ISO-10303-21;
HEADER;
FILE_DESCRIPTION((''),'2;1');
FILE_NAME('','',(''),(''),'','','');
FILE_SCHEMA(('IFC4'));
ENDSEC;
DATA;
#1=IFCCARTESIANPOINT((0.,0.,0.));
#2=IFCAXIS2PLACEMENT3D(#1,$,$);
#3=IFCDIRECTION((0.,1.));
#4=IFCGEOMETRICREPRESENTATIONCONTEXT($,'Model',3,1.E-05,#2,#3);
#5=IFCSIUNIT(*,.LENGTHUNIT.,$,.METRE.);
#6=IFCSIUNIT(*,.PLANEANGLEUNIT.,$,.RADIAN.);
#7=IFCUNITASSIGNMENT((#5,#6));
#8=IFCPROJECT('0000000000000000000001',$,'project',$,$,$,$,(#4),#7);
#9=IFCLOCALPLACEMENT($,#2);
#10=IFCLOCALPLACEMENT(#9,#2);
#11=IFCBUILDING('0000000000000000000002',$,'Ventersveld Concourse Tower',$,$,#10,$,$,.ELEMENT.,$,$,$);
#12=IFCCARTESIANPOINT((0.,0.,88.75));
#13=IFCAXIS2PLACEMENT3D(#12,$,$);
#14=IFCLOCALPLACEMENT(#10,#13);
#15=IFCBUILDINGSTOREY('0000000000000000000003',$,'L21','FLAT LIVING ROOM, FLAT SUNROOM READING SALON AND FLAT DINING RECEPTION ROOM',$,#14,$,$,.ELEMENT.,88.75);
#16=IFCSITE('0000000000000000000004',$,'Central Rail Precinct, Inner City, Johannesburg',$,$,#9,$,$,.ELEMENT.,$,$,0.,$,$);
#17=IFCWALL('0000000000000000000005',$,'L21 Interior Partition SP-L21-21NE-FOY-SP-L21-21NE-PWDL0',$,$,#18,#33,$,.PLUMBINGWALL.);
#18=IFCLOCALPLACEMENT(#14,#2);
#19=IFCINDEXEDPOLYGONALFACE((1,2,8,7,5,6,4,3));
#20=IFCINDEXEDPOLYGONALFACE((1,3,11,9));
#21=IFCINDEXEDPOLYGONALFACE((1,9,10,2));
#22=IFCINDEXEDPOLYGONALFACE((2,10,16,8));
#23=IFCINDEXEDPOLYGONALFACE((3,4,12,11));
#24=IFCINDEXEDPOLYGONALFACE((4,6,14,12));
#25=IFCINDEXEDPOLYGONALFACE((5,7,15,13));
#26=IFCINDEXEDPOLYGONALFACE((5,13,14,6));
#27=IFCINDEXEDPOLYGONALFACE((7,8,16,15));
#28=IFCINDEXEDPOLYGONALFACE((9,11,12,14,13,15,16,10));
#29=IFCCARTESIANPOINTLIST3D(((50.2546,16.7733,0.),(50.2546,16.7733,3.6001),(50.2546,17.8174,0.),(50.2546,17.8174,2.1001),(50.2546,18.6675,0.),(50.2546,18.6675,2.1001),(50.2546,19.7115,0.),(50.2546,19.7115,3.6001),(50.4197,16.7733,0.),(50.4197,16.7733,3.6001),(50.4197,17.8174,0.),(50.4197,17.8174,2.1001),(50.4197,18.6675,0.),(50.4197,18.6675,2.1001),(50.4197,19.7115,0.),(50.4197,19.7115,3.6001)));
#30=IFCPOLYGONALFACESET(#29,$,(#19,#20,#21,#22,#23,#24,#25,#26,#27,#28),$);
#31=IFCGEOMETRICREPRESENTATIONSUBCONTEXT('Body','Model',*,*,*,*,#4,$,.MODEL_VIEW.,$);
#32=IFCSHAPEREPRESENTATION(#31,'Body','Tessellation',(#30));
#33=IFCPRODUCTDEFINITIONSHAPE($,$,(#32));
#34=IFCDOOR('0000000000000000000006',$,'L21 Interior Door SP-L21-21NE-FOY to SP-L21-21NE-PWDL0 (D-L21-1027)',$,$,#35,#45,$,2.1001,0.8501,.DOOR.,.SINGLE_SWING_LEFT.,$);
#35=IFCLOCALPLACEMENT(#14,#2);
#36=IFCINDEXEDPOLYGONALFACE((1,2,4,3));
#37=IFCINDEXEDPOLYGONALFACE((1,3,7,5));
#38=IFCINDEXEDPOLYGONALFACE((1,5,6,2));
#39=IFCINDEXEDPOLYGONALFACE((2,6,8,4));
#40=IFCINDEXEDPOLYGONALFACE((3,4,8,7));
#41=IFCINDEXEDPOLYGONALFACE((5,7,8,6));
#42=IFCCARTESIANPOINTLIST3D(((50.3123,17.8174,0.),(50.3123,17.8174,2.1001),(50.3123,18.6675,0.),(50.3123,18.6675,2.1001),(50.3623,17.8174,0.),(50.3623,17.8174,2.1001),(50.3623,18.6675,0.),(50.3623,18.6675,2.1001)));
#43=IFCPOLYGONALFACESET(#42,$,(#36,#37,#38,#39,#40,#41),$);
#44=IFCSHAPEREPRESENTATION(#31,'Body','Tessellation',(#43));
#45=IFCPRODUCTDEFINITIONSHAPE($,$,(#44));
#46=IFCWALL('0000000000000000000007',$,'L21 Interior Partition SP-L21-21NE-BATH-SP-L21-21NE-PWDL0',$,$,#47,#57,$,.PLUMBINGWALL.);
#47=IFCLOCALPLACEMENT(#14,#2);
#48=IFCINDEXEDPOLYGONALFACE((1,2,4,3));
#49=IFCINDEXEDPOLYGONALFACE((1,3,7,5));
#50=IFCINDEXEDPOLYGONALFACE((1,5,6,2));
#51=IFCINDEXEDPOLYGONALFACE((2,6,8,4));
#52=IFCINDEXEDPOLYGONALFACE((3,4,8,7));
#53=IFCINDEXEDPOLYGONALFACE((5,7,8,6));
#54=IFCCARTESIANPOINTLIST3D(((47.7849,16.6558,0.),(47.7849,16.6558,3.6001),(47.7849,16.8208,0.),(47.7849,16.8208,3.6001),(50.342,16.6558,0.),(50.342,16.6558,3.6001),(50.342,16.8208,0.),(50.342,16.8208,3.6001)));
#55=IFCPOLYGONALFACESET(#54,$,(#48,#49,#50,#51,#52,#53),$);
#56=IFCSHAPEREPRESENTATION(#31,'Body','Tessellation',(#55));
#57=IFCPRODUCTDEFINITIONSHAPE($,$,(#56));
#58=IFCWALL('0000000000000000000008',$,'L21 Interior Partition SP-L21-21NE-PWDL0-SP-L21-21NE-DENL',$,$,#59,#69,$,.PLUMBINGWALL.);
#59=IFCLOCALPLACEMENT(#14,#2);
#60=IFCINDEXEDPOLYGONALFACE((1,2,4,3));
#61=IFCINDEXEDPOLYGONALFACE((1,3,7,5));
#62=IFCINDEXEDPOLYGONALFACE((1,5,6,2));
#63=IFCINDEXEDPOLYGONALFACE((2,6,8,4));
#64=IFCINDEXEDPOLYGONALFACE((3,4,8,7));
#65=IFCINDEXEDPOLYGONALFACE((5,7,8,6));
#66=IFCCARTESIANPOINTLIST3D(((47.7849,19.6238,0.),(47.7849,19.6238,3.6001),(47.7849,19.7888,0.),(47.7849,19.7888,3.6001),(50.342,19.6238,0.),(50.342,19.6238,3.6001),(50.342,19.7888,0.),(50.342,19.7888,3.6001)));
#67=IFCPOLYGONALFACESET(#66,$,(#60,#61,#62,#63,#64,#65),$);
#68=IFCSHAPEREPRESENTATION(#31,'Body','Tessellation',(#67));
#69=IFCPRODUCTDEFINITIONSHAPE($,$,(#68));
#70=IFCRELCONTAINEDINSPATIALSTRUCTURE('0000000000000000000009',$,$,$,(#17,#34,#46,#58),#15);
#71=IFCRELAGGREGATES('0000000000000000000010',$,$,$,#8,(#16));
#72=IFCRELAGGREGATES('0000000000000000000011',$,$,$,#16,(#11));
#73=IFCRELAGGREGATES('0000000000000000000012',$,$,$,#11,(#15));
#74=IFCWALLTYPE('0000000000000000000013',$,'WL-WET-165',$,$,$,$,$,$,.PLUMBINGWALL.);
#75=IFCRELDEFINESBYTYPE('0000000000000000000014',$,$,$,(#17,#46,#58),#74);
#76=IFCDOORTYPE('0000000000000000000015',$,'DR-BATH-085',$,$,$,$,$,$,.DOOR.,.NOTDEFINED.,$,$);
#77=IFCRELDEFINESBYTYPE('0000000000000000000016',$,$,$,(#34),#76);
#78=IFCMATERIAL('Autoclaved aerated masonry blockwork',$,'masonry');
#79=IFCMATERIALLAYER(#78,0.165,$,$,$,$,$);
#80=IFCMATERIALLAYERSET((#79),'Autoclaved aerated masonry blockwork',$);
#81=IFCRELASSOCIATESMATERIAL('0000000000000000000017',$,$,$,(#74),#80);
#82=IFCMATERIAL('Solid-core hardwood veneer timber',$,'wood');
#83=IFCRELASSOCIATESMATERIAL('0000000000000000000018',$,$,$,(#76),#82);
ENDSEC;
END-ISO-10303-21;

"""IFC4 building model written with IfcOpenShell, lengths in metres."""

from ifc_helpers import new_model, si_unit, direction, frame, frame_2d, origin, place, context, subcontext, project, spatial, rectangle, extrude, material, layer, layer_set, type_object, element, fill, save


model = new_model("IFC4")

# Units and contexts
model_context = context("Model", 3, precision=1e-05, world=origin(), true_north=direction((0.0, 1.0)))
body_context = subcontext(model_context, "Body", "Model", "MODEL_VIEW")
ifc_project = project(units=[si_unit("LENGTHUNIT", "METRE"), si_unit("PLANEANGLEUNIT", "RADIAN")], contexts=[model_context])

# Site, building, storey
site_placement = place(None, origin())
site = spatial("IfcSite", under=ifc_project, at=site_placement, Name="Central Rail Precinct, Inner City, Johannesburg", CompositionType="ELEMENT", RefElevation=0.0)
building_placement = place(site_placement, origin())
building = spatial("IfcBuilding", under=site, at=building_placement, Name="Ventersveld Concourse Tower", CompositionType="ELEMENT")
storey_placement = place(building_placement, frame((0.0, 0.0, 88.75)))
storey = spatial("IfcBuildingStorey", under=building, at=storey_placement, Name="L21", Description="FLAT LIVING ROOM, FLAT SUNROOM READING SALON AND FLAT DINING RECEPTION ROOM", CompositionType="ELEMENT", Elevation=88.75)

# Shared definitions
ifc_material_1 = material(Name="Autoclaved aerated masonry blockwork", Category="masonry")
ifc_material_2 = material(Name="Solid-core hardwood veneer timber", Category="wood")

# Wall, opening, door
ifc_layer_1 = layer(ifc_material_1, 0.165)
ifc_layer_set_1 = layer_set([ifc_layer_1], Name="Autoclaved aerated masonry blockwork")
wall_type_1 = type_object("IfcWallType", Name="WL-WET-165", PredefinedType="PLUMBINGWALL", material=ifc_layer_set_1)
wall_1_placement = place(storey_placement, frame((50.3372, 16.7732, 0.0), z_axis=(0.0, 0.0, 1.0), x_axis=(0.0, 1.0, 0.0)))
wall_1 = element("IfcWall", 1, at=wall_1_placement, inside=storey, type_object=wall_type_1, Name="L21 Interior Partition SP-L21-21NE-FOY-SP-L21-21NE-PWDL0", PredefinedType="PLUMBINGWALL", context=body_context, shape_type="SweptSolid", body=[
    extrude(rectangle(XDim=2.9382, YDim=0.165, at=frame_2d((1.4692, 0.0))), origin(), (0.0, 0.0, 1.0), 3.6001),
])
opening_1_placement = place(wall_1_placement, frame((1.0442, 0.0, 0.0)))
opening_1 = element("IfcOpeningElement", 2, at=opening_1_placement, cuts=wall_1, PredefinedType="OPENING", context=body_context, shape_type="SweptSolid", body=[
    extrude(rectangle(XDim=0.8501, YDim=2.1001, at=frame_2d((0.425, 1.05))), frame((0.0, 0.0925, 0.0), z_axis=(0.0, -1.0, 0.0), x_axis=(1.0, 0.0, 0.0)), (0.0, 0.0, 1.0), 0.1851),
])
door_type_1 = type_object("IfcDoorType", Name="DR-BATH-085", OperationType="NOTDEFINED", PredefinedType="DOOR", material=ifc_material_2)
door_1_placement = place(opening_1_placement, origin())
door_1 = element("IfcDoor", 3, at=door_1_placement, inside=storey, type_object=door_type_1, Name="L21 Interior Door SP-L21-21NE-FOY to SP-L21-21NE-PWDL0 (D-L21-1027)", OperationType="SINGLE_SWING_LEFT", OverallHeight=2.1001, OverallWidth=0.8501, PredefinedType="DOOR", context=body_context, shape_type="SweptSolid", body=[
    extrude(rectangle(XDim=0.8501, YDim=2.1001, at=frame_2d((0.425, 1.05))), frame((0.0, 0.0249, 0.0), z_axis=(0.0, -1.0, 0.0), x_axis=(1.0, 0.0, 0.0)), (0.0, 0.0, 1.0), 0.05),
])
fill(opening_1, door_1)

# Walls
for number, where, z_axis, x_axis, name in (
    (4, (47.7849, 16.7383, 0.0), (0.0, 0.0, 1.0), (1.0, 0.0, 0.0), "L21 Interior Partition SP-L21-21NE-BATH-SP-L21-21NE-PWDL0"),
    (5, (47.7849, 19.7063, 0.0), (0.0, 0.0, 1.0), (1.0, 0.0, 0.0), "L21 Interior Partition SP-L21-21NE-PWDL0-SP-L21-21NE-DENL"),
):
    element("IfcWall", number, at=place(storey_placement, frame(where, z_axis=z_axis, x_axis=x_axis)), inside=storey, type_object=wall_type_1, Name=name, PredefinedType="PLUMBINGWALL", context=body_context, shape_type="SweptSolid", body=[
        extrude(rectangle(XDim=2.5571, YDim=0.165, at=frame_2d((1.2786, 0.0))), origin(), (0.0, 0.0, 1.0), 3.6001),
    ])

save(model, "model.ifc")
